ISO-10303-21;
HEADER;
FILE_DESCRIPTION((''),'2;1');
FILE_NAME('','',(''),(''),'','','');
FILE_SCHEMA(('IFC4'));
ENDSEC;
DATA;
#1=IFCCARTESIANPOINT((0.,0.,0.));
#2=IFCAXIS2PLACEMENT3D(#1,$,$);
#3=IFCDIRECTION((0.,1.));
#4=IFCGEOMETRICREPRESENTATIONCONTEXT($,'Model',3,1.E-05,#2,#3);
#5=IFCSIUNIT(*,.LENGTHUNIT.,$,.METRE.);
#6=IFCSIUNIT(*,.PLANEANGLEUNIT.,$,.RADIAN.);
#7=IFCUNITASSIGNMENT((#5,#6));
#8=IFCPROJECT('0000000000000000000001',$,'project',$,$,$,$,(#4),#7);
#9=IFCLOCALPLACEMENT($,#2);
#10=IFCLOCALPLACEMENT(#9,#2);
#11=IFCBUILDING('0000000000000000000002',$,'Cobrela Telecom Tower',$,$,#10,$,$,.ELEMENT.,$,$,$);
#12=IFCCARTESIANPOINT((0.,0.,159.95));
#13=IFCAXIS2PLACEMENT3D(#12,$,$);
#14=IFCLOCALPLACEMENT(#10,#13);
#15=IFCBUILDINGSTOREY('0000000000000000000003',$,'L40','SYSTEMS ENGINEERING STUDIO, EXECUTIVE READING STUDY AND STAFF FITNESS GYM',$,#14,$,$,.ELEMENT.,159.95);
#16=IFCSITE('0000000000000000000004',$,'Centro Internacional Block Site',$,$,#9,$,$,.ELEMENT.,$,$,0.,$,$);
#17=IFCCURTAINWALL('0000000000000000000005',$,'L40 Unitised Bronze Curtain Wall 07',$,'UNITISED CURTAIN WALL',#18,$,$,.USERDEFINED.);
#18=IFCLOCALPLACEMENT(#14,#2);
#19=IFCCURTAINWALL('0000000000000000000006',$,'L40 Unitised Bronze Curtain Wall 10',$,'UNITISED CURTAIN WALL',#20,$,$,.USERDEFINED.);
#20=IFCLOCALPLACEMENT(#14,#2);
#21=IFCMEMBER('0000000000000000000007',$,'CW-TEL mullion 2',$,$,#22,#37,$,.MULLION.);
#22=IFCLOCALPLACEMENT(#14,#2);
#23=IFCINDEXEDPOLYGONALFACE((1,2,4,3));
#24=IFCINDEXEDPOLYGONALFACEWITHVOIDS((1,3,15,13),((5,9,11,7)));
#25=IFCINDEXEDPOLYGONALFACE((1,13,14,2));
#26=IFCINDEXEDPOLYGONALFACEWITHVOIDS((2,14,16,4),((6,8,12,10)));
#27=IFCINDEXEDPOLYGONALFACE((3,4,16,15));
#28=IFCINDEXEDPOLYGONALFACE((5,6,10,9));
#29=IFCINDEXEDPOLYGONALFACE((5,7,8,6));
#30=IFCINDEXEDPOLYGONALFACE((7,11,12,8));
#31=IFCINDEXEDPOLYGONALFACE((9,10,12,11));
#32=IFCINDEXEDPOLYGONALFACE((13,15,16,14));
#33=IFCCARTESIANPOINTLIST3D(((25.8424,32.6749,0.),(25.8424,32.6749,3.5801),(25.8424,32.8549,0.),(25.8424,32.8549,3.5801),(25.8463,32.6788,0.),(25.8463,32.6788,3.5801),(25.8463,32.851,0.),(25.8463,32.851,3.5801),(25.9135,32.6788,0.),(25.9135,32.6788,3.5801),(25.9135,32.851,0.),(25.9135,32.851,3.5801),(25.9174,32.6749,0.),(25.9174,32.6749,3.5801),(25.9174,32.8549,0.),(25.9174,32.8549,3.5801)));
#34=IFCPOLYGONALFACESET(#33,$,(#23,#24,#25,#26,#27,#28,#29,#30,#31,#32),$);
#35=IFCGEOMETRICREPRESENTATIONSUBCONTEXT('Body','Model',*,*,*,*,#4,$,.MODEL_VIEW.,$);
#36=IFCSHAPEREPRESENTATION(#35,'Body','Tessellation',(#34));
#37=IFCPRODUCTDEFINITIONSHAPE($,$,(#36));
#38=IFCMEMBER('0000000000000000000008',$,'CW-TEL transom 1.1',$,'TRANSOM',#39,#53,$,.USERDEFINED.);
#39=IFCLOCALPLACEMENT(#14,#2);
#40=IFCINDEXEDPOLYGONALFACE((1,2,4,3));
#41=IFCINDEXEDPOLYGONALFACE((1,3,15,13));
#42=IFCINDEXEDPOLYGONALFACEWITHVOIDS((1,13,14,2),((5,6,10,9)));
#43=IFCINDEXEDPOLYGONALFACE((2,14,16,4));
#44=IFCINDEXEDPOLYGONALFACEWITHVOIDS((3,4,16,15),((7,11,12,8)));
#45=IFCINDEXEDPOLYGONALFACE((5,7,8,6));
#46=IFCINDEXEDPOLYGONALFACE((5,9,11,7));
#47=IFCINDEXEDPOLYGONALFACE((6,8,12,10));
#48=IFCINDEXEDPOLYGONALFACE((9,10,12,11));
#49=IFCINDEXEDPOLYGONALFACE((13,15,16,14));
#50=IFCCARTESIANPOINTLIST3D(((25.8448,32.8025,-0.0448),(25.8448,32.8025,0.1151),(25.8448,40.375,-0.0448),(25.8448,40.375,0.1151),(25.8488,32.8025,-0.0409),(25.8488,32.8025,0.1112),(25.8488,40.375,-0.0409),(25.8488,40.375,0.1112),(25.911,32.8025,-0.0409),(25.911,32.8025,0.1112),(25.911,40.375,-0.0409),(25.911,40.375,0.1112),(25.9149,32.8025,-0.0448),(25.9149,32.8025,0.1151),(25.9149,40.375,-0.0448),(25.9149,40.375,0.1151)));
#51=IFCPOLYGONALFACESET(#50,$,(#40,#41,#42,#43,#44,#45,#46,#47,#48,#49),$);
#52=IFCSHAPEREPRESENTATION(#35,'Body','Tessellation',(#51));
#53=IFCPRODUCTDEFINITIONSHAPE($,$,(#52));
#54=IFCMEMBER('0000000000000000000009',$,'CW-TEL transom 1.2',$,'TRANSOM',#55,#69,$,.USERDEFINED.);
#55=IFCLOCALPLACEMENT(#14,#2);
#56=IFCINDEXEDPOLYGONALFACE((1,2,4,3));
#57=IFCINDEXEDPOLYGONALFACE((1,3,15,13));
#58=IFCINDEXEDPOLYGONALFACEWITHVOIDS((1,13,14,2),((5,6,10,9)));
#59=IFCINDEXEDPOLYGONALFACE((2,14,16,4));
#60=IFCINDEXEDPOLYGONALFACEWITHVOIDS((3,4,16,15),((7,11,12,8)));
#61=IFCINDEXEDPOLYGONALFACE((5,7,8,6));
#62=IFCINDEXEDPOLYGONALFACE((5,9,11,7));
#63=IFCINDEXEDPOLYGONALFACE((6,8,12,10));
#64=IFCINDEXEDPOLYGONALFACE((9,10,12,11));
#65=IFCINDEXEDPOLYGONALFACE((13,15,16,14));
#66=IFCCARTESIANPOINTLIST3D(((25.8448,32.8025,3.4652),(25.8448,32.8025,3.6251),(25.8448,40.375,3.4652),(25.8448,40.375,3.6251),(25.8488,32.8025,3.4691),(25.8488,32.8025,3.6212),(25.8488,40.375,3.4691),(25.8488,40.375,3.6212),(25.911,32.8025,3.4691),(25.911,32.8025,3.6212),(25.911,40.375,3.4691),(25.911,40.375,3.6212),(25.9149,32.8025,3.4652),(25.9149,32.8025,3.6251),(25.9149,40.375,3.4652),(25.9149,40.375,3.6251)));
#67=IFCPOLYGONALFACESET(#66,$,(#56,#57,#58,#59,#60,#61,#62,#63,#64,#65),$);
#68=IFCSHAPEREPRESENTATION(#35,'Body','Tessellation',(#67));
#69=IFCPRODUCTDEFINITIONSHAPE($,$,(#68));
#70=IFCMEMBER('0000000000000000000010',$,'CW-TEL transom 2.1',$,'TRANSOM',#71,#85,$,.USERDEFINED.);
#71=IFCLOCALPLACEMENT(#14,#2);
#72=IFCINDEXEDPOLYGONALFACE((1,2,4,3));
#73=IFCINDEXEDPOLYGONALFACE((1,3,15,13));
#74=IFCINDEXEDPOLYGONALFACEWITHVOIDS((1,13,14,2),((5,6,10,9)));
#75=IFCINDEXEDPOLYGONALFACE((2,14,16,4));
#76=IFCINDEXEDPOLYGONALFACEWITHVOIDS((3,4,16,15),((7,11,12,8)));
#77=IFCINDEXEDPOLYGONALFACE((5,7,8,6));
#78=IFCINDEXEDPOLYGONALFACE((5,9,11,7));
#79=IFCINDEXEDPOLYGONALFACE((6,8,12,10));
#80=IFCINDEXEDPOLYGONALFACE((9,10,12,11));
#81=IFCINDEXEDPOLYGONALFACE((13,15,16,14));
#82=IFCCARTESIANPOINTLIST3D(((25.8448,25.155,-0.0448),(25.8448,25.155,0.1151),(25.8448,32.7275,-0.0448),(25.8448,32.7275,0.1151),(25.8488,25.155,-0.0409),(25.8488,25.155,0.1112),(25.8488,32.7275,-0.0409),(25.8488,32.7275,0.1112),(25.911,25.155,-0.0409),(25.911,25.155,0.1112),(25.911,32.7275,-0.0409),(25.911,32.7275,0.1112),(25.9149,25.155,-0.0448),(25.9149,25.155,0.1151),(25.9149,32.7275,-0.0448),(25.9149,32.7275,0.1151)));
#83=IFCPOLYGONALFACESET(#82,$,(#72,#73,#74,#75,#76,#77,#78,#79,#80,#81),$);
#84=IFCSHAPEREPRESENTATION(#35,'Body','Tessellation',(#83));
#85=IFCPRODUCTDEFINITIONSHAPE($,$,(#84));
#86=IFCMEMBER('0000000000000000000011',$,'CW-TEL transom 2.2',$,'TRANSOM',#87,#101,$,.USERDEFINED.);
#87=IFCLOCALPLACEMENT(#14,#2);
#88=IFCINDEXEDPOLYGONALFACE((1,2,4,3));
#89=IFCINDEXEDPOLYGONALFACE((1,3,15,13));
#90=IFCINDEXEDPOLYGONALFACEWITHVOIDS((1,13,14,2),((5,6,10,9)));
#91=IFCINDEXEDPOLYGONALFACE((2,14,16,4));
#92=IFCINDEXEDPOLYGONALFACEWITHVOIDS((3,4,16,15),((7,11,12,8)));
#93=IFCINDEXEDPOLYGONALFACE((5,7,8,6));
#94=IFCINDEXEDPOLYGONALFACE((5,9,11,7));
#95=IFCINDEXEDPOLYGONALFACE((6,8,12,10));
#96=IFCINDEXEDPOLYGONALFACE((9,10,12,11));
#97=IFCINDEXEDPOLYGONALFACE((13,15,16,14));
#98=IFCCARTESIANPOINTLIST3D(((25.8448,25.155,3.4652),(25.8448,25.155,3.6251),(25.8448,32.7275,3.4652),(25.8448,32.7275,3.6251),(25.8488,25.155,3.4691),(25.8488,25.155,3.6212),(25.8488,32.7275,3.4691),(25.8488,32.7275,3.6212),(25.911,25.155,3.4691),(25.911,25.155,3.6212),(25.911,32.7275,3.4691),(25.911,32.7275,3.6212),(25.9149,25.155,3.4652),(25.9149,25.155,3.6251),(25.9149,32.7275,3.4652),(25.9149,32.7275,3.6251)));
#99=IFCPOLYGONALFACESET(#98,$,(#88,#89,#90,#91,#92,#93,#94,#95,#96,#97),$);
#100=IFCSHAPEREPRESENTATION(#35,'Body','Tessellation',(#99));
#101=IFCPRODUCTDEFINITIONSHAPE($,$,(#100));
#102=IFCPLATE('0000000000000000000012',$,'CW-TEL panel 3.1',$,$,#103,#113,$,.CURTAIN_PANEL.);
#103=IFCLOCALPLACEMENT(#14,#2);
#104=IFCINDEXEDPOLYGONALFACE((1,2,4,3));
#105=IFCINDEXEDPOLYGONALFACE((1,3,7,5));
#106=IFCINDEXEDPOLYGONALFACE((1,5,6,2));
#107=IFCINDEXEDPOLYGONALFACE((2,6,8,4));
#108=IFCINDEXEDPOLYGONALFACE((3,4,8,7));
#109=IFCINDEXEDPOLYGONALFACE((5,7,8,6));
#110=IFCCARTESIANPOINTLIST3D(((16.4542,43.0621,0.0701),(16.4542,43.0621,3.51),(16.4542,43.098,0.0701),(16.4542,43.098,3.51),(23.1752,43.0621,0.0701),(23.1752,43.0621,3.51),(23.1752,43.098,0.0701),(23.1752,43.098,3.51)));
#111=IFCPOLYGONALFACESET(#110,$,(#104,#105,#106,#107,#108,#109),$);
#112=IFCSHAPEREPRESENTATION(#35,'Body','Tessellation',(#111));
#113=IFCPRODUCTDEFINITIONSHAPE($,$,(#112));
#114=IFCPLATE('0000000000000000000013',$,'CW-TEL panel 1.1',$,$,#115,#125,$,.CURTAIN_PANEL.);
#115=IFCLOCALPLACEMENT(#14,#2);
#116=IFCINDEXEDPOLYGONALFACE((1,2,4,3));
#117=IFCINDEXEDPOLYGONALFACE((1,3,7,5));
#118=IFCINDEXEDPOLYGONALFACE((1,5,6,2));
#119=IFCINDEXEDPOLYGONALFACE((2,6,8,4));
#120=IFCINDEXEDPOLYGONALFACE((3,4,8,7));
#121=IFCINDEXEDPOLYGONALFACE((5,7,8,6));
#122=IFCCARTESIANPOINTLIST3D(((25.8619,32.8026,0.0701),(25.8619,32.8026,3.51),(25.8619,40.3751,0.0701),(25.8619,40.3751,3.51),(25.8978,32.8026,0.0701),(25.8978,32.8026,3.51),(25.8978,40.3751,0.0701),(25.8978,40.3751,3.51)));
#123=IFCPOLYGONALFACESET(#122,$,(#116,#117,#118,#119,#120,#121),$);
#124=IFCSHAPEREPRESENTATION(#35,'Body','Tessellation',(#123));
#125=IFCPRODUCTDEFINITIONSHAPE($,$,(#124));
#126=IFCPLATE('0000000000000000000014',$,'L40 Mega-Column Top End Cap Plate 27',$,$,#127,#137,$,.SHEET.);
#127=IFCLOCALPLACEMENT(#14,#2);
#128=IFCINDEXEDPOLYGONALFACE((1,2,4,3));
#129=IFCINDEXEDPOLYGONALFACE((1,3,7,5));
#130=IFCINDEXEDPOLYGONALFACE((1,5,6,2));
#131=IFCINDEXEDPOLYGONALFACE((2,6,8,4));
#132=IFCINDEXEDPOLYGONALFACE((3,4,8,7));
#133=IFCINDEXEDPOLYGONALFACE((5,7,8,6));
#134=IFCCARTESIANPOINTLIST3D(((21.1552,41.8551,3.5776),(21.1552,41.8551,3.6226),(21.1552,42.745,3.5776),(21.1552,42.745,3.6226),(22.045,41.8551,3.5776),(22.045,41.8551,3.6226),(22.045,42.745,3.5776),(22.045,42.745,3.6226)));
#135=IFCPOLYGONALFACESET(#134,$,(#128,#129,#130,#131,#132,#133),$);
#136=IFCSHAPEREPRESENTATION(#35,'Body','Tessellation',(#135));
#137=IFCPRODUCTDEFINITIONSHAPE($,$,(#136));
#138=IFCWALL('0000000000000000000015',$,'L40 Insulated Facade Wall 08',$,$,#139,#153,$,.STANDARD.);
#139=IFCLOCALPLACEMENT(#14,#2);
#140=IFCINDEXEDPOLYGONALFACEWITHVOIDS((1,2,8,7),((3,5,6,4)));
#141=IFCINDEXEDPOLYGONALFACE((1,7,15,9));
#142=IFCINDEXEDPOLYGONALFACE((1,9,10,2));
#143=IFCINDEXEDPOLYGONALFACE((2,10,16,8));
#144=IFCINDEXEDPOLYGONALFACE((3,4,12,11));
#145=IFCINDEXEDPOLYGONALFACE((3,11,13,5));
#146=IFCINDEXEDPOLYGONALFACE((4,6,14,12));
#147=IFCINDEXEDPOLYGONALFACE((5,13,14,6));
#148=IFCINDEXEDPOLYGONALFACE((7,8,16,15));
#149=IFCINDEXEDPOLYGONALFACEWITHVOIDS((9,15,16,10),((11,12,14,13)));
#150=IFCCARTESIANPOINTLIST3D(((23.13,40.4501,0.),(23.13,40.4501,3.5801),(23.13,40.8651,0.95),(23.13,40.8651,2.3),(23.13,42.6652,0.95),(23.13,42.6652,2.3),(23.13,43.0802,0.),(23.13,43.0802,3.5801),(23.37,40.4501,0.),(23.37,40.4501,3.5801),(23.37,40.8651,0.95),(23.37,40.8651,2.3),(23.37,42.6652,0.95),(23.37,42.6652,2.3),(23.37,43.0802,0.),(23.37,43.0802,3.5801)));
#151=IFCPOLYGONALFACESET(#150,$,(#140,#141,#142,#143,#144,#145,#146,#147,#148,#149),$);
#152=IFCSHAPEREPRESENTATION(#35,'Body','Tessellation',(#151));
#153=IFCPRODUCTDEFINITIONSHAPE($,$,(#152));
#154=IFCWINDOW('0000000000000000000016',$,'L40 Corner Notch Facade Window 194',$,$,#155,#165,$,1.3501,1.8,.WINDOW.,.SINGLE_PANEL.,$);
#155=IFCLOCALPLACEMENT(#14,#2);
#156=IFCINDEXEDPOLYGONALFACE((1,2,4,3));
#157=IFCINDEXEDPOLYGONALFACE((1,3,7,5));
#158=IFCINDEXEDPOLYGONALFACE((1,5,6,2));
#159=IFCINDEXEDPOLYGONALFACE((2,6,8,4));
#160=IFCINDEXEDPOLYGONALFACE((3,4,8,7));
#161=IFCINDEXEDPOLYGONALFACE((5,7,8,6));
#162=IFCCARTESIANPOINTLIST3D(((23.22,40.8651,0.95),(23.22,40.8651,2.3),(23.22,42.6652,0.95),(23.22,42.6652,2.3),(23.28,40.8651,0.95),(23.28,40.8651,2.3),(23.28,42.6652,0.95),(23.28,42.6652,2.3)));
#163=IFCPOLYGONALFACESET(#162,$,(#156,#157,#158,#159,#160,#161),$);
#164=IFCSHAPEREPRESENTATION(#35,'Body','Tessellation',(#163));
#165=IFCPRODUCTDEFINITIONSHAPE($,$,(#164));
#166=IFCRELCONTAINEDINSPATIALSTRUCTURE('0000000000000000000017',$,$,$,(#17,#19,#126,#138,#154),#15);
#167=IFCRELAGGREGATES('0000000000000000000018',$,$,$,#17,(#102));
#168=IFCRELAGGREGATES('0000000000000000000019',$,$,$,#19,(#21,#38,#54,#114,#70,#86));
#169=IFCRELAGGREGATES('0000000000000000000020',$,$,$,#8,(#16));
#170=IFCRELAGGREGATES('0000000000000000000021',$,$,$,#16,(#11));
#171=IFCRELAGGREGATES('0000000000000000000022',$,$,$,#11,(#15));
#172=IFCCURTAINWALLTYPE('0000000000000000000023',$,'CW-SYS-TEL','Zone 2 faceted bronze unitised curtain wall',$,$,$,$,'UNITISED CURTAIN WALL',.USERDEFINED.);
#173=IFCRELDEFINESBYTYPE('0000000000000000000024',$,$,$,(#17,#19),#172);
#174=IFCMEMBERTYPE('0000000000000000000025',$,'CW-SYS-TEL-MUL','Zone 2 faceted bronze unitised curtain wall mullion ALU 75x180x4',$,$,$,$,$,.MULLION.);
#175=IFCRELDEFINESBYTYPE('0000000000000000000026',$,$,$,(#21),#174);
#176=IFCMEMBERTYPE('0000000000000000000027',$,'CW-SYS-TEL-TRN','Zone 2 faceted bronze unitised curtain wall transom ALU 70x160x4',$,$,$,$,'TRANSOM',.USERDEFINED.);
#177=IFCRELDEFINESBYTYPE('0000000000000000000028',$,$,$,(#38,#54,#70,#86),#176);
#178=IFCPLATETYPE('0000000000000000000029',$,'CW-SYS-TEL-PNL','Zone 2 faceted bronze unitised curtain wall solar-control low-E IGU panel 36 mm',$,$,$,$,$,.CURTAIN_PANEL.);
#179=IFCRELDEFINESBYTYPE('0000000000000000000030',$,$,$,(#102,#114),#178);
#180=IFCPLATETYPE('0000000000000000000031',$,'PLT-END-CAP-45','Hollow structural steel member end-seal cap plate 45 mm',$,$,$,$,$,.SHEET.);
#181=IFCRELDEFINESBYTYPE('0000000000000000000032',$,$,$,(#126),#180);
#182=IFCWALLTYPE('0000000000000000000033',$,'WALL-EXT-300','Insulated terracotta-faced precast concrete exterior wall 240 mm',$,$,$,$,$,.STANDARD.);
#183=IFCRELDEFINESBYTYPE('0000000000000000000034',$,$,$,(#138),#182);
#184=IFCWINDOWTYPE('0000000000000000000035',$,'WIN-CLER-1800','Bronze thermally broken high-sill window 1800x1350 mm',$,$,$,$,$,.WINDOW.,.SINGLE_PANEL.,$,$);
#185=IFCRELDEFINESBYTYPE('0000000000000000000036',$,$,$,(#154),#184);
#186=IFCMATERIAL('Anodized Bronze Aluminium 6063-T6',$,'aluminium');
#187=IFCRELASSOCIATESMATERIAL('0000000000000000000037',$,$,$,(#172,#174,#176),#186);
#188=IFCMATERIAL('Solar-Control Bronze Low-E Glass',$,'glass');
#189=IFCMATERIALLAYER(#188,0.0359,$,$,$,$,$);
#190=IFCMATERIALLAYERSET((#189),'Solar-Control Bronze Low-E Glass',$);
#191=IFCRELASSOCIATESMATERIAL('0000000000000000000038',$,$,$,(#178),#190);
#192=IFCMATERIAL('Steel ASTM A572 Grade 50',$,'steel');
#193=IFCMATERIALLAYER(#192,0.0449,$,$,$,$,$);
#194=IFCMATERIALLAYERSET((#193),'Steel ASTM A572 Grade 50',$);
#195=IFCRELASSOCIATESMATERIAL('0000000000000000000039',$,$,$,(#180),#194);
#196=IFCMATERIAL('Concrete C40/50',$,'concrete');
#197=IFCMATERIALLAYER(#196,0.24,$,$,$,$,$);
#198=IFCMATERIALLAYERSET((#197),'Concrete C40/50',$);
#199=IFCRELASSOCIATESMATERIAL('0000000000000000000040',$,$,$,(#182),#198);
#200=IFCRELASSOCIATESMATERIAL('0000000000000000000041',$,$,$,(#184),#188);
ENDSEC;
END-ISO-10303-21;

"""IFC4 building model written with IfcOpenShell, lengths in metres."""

from ifc_helpers import new_model, si_unit, direction, frame, frame_2d, origin, origin_2d, place, context, subcontext, project, spatial, rectangle, hollow_rectangle, extrude, material, layer, layer_set, material_profile, profile_set, type_object, element, fill, aggregate, save


model = new_model("IFC4")

# Units and contexts
model_context = context("Model", 3, precision=1e-05, world=origin(), true_north=direction((0.0, 1.0)))
body_context = subcontext(model_context, "Body", "Model", "MODEL_VIEW")
ifc_project = project(units=[si_unit("LENGTHUNIT", "METRE"), si_unit("PLANEANGLEUNIT", "RADIAN")], contexts=[model_context])

# Site, building, storey
site_placement = place(None, origin())
site = spatial("IfcSite", under=ifc_project, at=site_placement, Name="Centro Internacional Block Site", CompositionType="ELEMENT", RefElevation=0.0)
building_placement = place(site_placement, origin())
building = spatial("IfcBuilding", under=site, at=building_placement, Name="Cobrela Telecom Tower", CompositionType="ELEMENT")
storey_placement = place(building_placement, frame((0.0, 0.0, 159.95)))
storey = spatial("IfcBuildingStorey", under=building, at=storey_placement, Name="L40", Description="SYSTEMS ENGINEERING STUDIO, EXECUTIVE READING STUDY AND STAFF FITNESS GYM", CompositionType="ELEMENT", Elevation=159.95)

# Shared definitions
ifc_material_1 = material(Name="Steel ASTM A572 Grade 50", Category="steel")

# Curtain wall
ifc_material_2 = material(Name="Anodized Bronze Aluminium 6063-T6", Category="aluminium")
curtain_wall_type = type_object("IfcCurtainWallType", Name="CW-SYS-TEL", Description="Zone 2 faceted bronze unitised curtain wall", ElementType="UNITISED CURTAIN WALL", PredefinedType="USERDEFINED", material=ifc_material_2)
curtain_wall_1_placement = place(storey_placement, origin())
curtain_wall_1 = element("IfcCurtainWall", 1, at=curtain_wall_1_placement, inside=storey, type_object=curtain_wall_type, Name="L40 Unitised Bronze Curtain Wall 07", ObjectType="UNITISED CURTAIN WALL", PredefinedType="USERDEFINED")
ifc_material_profile_1 = material_profile(ifc_material_2, hollow_rectangle(XDim=0.075, YDim=0.1799, WallThickness=0.0039, at=origin_2d()), Name="ALU 75x180x4")
ifc_profile_set_1 = profile_set([ifc_material_profile_1], Name="Anodized Bronze Aluminium 6063-T6")
member_type_1 = type_object("IfcMemberType", Name="CW-SYS-TEL-MUL", Description="Zone 2 faceted bronze unitised curtain wall mullion ALU 75x180x4", PredefinedType="MULLION", material=ifc_profile_set_1)

# Curtain wall, members
curtain_wall_2_placement = place(storey_placement, origin())
curtain_wall_2 = element("IfcCurtainWall", 2, at=curtain_wall_2_placement, inside=storey, type_object=curtain_wall_type, Name="L40 Unitised Bronze Curtain Wall 10", ObjectType="UNITISED CURTAIN WALL", PredefinedType="USERDEFINED")
member_1_placement = place(storey_placement, frame((25.8799, 32.7649, 0.0), z_axis=(0.0, 0.0, 1.0), x_axis=(1.0, 0.0, 0.0)))
member_1 = element("IfcMember", 3, at=member_1_placement, type_object=member_type_1, Name="CW-TEL mullion 2", PredefinedType="MULLION", context=body_context, shape_type="SweptSolid", body=[
    extrude(hollow_rectangle(XDim=0.075, YDim=0.1799, WallThickness=0.0039, at=origin_2d()), origin(), (0.0, 0.0, 1.0), 3.5801),
])
ifc_material_profile_2 = material_profile(ifc_material_2, hollow_rectangle(XDim=0.0701, YDim=0.1599, WallThickness=0.0039, at=origin_2d()), Name="ALU 70x160x4")
ifc_profile_set_2 = profile_set([ifc_material_profile_2], Name="Anodized Bronze Aluminium 6063-T6")
member_type_2 = type_object("IfcMemberType", Name="CW-SYS-TEL-TRN", Description="Zone 2 faceted bronze unitised curtain wall transom ALU 70x160x4", ElementType="TRANSOM", PredefinedType="USERDEFINED", material=ifc_profile_set_2)
member_2_placement = place(storey_placement, frame((25.8799, 40.375, 0.0352), z_axis=(0.0, -1.0, 0.0), x_axis=(1.0, 0.0, 0.0)))
member_2 = element("IfcMember", 4, at=member_2_placement, type_object=member_type_2, Name="CW-TEL transom 1.1", ObjectType="TRANSOM", PredefinedType="USERDEFINED", context=body_context, shape_type="SweptSolid", body=[
    extrude(hollow_rectangle(XDim=0.0701, YDim=0.1599, WallThickness=0.0039, at=origin_2d()), origin(), (0.0, 0.0, 1.0), 7.5725),
])
member_3_placement = place(storey_placement, frame((25.8799, 40.375, 3.5452), z_axis=(0.0, -1.0, 0.0), x_axis=(1.0, 0.0, 0.0)))
member_3 = element("IfcMember", 5, at=member_3_placement, type_object=member_type_2, Name="CW-TEL transom 1.2", ObjectType="TRANSOM", PredefinedType="USERDEFINED", context=body_context, shape_type="SweptSolid", body=[
    extrude(hollow_rectangle(XDim=0.0701, YDim=0.1599, WallThickness=0.0039, at=origin_2d()), origin(), (0.0, 0.0, 1.0), 7.5725),
])
member_4_placement = place(storey_placement, frame((25.8799, 32.7275, 0.0352), z_axis=(0.0, -1.0, 0.0), x_axis=(1.0, 0.0, 0.0)))
member_4 = element("IfcMember", 6, at=member_4_placement, type_object=member_type_2, Name="CW-TEL transom 2.1", ObjectType="TRANSOM", PredefinedType="USERDEFINED", context=body_context, shape_type="SweptSolid", body=[
    extrude(hollow_rectangle(XDim=0.0701, YDim=0.1599, WallThickness=0.0039, at=origin_2d()), origin(), (0.0, 0.0, 1.0), 7.5725),
])
member_5_placement = place(storey_placement, frame((25.8799, 32.7275, 3.5452), z_axis=(0.0, -1.0, 0.0), x_axis=(1.0, 0.0, 0.0)))
member_5 = element("IfcMember", 7, at=member_5_placement, type_object=member_type_2, Name="CW-TEL transom 2.2", ObjectType="TRANSOM", PredefinedType="USERDEFINED", context=body_context, shape_type="SweptSolid", body=[
    extrude(hollow_rectangle(XDim=0.0701, YDim=0.1599, WallThickness=0.0039, at=origin_2d()), origin(), (0.0, 0.0, 1.0), 7.5725),
])

# Plates
ifc_material_3 = material(Name="Solar-Control Bronze Low-E Glass", Category="glass")
ifc_layer_1 = layer(ifc_material_3, 0.0359)
ifc_layer_set_1 = layer_set([ifc_layer_1], Name="Solar-Control Bronze Low-E Glass")
plate_type_1 = type_object("IfcPlateType", Name="CW-SYS-TEL-PNL", Description="Zone 2 faceted bronze unitised curtain wall solar-control low-E IGU panel 36 mm", PredefinedType="CURTAIN_PANEL", material=ifc_layer_set_1)
plate_1_placement = place(storey_placement, frame((19.8147, 43.0801, 0.0701), z_axis=(0.0, 0.0, 1.0), x_axis=(1.0, 0.0, 0.0)))
plate_1 = element("IfcPlate", 8, at=plate_1_placement, type_object=plate_type_1, Name="CW-TEL panel 3.1", PredefinedType="CURTAIN_PANEL", context=body_context, shape_type="SweptSolid", body=[
    extrude(rectangle(XDim=6.7209, YDim=0.0359, at=origin_2d()), origin(), (0.0, 0.0, 1.0), 3.4399),
])
aggregate(curtain_wall_1, [plate_1])
plate_2_placement = place(storey_placement, frame((25.8799, 36.5889, 0.0701), z_axis=(0.0, 0.0, 1.0), x_axis=(0.0, -1.0, 0.0)))
plate_2 = element("IfcPlate", 9, at=plate_2_placement, type_object=plate_type_1, Name="CW-TEL panel 1.1", PredefinedType="CURTAIN_PANEL", context=body_context, shape_type="SweptSolid", body=[
    extrude(rectangle(XDim=7.5725, YDim=0.0359, at=origin_2d()), origin(), (0.0, 0.0, 1.0), 3.4399),
])
aggregate(curtain_wall_2, [member_1, member_2, member_3, plate_2, member_4, member_5])
ifc_layer_2 = layer(ifc_material_1, 0.0449)
ifc_layer_set_2 = layer_set([ifc_layer_2], Name="Steel ASTM A572 Grade 50")
plate_type_2 = type_object("IfcPlateType", Name="PLT-END-CAP-45", Description="Hollow structural steel member end-seal cap plate 45 mm", PredefinedType="SHEET", material=ifc_layer_set_2)
plate_3_placement = place(storey_placement, frame((21.6001, 42.3, 3.5776), z_axis=(0.0, 0.0, 1.0), x_axis=(1.0, 0.0, 0.0)))
element("IfcPlate", 10, at=plate_3_placement, inside=storey, type_object=plate_type_2, Name="L40 Mega-Column Top End Cap Plate 27", PredefinedType="SHEET", context=body_context, shape_type="SweptSolid", body=[
    extrude(rectangle(XDim=0.8899, YDim=0.8899, at=origin_2d()), origin(), (0.0, 0.0, 1.0), 0.0449),
])

# Wall, opening, window
ifc_material_4 = material(Name="Concrete C40/50", Category="concrete")
ifc_layer_3 = layer(ifc_material_4, 0.24)
ifc_layer_set_3 = layer_set([ifc_layer_3], Name="Concrete C40/50")
wall_type = type_object("IfcWallType", Name="WALL-EXT-300", Description="Insulated terracotta-faced precast concrete exterior wall 240 mm", PredefinedType="STANDARD", material=ifc_layer_set_3)
wall_1_placement = place(storey_placement, frame((23.25, 43.0801, 0.0), z_axis=(0.0, 0.0, 1.0), x_axis=(0.0, -1.0, 0.0)))
wall_1 = element("IfcWall", 11, at=wall_1_placement, inside=storey, type_object=wall_type, Name="L40 Insulated Facade Wall 08", PredefinedType="STANDARD", context=body_context, shape_type="SweptSolid", body=[
    extrude(rectangle(XDim=2.6301, YDim=0.24, at=frame_2d((1.3149, 0.0))), origin(), (0.0, 0.0, 1.0), 3.5801),
])
opening_1_placement = place(wall_1_placement, frame((0.415, 0.0, 0.95)))
opening_1 = element("IfcOpeningElement", 12, at=opening_1_placement, cuts=wall_1, PredefinedType="OPENING", context=body_context, shape_type="SweptSolid", body=[
    extrude(rectangle(XDim=1.8, YDim=1.3501, at=frame_2d((0.8999, 0.675))), frame((0.0, 0.1318, 0.0), z_axis=(0.0, -1.0, 0.0), x_axis=(1.0, 0.0, 0.0)), (0.0, 0.0, 1.0), 0.2639),
])
window_type_1 = type_object("IfcWindowType", Name="WIN-CLER-1800", Description="Bronze thermally broken high-sill window 1800x1350 mm", PartitioningType="SINGLE_PANEL", PredefinedType="WINDOW", material=ifc_material_3)
window_1_placement = place(opening_1_placement, origin())
window_1 = element("IfcWindow", 13, at=window_1_placement, inside=storey, type_object=window_type_1, Name="L40 Corner Notch Facade Window 194", OverallHeight=1.3501, OverallWidth=1.8, PartitioningType="SINGLE_PANEL", PredefinedType="WINDOW", context=body_context, shape_type="SweptSolid", body=[
    extrude(rectangle(XDim=1.8, YDim=1.3501, at=frame_2d((0.8999, 0.675))), frame((0.0, 0.03, 0.0), z_axis=(0.0, -1.0, 0.0), x_axis=(1.0, 0.0, 0.0)), (0.0, 0.0, 1.0), 0.0601),
])
fill(opening_1, window_1)

save(model, "model.ifc")
